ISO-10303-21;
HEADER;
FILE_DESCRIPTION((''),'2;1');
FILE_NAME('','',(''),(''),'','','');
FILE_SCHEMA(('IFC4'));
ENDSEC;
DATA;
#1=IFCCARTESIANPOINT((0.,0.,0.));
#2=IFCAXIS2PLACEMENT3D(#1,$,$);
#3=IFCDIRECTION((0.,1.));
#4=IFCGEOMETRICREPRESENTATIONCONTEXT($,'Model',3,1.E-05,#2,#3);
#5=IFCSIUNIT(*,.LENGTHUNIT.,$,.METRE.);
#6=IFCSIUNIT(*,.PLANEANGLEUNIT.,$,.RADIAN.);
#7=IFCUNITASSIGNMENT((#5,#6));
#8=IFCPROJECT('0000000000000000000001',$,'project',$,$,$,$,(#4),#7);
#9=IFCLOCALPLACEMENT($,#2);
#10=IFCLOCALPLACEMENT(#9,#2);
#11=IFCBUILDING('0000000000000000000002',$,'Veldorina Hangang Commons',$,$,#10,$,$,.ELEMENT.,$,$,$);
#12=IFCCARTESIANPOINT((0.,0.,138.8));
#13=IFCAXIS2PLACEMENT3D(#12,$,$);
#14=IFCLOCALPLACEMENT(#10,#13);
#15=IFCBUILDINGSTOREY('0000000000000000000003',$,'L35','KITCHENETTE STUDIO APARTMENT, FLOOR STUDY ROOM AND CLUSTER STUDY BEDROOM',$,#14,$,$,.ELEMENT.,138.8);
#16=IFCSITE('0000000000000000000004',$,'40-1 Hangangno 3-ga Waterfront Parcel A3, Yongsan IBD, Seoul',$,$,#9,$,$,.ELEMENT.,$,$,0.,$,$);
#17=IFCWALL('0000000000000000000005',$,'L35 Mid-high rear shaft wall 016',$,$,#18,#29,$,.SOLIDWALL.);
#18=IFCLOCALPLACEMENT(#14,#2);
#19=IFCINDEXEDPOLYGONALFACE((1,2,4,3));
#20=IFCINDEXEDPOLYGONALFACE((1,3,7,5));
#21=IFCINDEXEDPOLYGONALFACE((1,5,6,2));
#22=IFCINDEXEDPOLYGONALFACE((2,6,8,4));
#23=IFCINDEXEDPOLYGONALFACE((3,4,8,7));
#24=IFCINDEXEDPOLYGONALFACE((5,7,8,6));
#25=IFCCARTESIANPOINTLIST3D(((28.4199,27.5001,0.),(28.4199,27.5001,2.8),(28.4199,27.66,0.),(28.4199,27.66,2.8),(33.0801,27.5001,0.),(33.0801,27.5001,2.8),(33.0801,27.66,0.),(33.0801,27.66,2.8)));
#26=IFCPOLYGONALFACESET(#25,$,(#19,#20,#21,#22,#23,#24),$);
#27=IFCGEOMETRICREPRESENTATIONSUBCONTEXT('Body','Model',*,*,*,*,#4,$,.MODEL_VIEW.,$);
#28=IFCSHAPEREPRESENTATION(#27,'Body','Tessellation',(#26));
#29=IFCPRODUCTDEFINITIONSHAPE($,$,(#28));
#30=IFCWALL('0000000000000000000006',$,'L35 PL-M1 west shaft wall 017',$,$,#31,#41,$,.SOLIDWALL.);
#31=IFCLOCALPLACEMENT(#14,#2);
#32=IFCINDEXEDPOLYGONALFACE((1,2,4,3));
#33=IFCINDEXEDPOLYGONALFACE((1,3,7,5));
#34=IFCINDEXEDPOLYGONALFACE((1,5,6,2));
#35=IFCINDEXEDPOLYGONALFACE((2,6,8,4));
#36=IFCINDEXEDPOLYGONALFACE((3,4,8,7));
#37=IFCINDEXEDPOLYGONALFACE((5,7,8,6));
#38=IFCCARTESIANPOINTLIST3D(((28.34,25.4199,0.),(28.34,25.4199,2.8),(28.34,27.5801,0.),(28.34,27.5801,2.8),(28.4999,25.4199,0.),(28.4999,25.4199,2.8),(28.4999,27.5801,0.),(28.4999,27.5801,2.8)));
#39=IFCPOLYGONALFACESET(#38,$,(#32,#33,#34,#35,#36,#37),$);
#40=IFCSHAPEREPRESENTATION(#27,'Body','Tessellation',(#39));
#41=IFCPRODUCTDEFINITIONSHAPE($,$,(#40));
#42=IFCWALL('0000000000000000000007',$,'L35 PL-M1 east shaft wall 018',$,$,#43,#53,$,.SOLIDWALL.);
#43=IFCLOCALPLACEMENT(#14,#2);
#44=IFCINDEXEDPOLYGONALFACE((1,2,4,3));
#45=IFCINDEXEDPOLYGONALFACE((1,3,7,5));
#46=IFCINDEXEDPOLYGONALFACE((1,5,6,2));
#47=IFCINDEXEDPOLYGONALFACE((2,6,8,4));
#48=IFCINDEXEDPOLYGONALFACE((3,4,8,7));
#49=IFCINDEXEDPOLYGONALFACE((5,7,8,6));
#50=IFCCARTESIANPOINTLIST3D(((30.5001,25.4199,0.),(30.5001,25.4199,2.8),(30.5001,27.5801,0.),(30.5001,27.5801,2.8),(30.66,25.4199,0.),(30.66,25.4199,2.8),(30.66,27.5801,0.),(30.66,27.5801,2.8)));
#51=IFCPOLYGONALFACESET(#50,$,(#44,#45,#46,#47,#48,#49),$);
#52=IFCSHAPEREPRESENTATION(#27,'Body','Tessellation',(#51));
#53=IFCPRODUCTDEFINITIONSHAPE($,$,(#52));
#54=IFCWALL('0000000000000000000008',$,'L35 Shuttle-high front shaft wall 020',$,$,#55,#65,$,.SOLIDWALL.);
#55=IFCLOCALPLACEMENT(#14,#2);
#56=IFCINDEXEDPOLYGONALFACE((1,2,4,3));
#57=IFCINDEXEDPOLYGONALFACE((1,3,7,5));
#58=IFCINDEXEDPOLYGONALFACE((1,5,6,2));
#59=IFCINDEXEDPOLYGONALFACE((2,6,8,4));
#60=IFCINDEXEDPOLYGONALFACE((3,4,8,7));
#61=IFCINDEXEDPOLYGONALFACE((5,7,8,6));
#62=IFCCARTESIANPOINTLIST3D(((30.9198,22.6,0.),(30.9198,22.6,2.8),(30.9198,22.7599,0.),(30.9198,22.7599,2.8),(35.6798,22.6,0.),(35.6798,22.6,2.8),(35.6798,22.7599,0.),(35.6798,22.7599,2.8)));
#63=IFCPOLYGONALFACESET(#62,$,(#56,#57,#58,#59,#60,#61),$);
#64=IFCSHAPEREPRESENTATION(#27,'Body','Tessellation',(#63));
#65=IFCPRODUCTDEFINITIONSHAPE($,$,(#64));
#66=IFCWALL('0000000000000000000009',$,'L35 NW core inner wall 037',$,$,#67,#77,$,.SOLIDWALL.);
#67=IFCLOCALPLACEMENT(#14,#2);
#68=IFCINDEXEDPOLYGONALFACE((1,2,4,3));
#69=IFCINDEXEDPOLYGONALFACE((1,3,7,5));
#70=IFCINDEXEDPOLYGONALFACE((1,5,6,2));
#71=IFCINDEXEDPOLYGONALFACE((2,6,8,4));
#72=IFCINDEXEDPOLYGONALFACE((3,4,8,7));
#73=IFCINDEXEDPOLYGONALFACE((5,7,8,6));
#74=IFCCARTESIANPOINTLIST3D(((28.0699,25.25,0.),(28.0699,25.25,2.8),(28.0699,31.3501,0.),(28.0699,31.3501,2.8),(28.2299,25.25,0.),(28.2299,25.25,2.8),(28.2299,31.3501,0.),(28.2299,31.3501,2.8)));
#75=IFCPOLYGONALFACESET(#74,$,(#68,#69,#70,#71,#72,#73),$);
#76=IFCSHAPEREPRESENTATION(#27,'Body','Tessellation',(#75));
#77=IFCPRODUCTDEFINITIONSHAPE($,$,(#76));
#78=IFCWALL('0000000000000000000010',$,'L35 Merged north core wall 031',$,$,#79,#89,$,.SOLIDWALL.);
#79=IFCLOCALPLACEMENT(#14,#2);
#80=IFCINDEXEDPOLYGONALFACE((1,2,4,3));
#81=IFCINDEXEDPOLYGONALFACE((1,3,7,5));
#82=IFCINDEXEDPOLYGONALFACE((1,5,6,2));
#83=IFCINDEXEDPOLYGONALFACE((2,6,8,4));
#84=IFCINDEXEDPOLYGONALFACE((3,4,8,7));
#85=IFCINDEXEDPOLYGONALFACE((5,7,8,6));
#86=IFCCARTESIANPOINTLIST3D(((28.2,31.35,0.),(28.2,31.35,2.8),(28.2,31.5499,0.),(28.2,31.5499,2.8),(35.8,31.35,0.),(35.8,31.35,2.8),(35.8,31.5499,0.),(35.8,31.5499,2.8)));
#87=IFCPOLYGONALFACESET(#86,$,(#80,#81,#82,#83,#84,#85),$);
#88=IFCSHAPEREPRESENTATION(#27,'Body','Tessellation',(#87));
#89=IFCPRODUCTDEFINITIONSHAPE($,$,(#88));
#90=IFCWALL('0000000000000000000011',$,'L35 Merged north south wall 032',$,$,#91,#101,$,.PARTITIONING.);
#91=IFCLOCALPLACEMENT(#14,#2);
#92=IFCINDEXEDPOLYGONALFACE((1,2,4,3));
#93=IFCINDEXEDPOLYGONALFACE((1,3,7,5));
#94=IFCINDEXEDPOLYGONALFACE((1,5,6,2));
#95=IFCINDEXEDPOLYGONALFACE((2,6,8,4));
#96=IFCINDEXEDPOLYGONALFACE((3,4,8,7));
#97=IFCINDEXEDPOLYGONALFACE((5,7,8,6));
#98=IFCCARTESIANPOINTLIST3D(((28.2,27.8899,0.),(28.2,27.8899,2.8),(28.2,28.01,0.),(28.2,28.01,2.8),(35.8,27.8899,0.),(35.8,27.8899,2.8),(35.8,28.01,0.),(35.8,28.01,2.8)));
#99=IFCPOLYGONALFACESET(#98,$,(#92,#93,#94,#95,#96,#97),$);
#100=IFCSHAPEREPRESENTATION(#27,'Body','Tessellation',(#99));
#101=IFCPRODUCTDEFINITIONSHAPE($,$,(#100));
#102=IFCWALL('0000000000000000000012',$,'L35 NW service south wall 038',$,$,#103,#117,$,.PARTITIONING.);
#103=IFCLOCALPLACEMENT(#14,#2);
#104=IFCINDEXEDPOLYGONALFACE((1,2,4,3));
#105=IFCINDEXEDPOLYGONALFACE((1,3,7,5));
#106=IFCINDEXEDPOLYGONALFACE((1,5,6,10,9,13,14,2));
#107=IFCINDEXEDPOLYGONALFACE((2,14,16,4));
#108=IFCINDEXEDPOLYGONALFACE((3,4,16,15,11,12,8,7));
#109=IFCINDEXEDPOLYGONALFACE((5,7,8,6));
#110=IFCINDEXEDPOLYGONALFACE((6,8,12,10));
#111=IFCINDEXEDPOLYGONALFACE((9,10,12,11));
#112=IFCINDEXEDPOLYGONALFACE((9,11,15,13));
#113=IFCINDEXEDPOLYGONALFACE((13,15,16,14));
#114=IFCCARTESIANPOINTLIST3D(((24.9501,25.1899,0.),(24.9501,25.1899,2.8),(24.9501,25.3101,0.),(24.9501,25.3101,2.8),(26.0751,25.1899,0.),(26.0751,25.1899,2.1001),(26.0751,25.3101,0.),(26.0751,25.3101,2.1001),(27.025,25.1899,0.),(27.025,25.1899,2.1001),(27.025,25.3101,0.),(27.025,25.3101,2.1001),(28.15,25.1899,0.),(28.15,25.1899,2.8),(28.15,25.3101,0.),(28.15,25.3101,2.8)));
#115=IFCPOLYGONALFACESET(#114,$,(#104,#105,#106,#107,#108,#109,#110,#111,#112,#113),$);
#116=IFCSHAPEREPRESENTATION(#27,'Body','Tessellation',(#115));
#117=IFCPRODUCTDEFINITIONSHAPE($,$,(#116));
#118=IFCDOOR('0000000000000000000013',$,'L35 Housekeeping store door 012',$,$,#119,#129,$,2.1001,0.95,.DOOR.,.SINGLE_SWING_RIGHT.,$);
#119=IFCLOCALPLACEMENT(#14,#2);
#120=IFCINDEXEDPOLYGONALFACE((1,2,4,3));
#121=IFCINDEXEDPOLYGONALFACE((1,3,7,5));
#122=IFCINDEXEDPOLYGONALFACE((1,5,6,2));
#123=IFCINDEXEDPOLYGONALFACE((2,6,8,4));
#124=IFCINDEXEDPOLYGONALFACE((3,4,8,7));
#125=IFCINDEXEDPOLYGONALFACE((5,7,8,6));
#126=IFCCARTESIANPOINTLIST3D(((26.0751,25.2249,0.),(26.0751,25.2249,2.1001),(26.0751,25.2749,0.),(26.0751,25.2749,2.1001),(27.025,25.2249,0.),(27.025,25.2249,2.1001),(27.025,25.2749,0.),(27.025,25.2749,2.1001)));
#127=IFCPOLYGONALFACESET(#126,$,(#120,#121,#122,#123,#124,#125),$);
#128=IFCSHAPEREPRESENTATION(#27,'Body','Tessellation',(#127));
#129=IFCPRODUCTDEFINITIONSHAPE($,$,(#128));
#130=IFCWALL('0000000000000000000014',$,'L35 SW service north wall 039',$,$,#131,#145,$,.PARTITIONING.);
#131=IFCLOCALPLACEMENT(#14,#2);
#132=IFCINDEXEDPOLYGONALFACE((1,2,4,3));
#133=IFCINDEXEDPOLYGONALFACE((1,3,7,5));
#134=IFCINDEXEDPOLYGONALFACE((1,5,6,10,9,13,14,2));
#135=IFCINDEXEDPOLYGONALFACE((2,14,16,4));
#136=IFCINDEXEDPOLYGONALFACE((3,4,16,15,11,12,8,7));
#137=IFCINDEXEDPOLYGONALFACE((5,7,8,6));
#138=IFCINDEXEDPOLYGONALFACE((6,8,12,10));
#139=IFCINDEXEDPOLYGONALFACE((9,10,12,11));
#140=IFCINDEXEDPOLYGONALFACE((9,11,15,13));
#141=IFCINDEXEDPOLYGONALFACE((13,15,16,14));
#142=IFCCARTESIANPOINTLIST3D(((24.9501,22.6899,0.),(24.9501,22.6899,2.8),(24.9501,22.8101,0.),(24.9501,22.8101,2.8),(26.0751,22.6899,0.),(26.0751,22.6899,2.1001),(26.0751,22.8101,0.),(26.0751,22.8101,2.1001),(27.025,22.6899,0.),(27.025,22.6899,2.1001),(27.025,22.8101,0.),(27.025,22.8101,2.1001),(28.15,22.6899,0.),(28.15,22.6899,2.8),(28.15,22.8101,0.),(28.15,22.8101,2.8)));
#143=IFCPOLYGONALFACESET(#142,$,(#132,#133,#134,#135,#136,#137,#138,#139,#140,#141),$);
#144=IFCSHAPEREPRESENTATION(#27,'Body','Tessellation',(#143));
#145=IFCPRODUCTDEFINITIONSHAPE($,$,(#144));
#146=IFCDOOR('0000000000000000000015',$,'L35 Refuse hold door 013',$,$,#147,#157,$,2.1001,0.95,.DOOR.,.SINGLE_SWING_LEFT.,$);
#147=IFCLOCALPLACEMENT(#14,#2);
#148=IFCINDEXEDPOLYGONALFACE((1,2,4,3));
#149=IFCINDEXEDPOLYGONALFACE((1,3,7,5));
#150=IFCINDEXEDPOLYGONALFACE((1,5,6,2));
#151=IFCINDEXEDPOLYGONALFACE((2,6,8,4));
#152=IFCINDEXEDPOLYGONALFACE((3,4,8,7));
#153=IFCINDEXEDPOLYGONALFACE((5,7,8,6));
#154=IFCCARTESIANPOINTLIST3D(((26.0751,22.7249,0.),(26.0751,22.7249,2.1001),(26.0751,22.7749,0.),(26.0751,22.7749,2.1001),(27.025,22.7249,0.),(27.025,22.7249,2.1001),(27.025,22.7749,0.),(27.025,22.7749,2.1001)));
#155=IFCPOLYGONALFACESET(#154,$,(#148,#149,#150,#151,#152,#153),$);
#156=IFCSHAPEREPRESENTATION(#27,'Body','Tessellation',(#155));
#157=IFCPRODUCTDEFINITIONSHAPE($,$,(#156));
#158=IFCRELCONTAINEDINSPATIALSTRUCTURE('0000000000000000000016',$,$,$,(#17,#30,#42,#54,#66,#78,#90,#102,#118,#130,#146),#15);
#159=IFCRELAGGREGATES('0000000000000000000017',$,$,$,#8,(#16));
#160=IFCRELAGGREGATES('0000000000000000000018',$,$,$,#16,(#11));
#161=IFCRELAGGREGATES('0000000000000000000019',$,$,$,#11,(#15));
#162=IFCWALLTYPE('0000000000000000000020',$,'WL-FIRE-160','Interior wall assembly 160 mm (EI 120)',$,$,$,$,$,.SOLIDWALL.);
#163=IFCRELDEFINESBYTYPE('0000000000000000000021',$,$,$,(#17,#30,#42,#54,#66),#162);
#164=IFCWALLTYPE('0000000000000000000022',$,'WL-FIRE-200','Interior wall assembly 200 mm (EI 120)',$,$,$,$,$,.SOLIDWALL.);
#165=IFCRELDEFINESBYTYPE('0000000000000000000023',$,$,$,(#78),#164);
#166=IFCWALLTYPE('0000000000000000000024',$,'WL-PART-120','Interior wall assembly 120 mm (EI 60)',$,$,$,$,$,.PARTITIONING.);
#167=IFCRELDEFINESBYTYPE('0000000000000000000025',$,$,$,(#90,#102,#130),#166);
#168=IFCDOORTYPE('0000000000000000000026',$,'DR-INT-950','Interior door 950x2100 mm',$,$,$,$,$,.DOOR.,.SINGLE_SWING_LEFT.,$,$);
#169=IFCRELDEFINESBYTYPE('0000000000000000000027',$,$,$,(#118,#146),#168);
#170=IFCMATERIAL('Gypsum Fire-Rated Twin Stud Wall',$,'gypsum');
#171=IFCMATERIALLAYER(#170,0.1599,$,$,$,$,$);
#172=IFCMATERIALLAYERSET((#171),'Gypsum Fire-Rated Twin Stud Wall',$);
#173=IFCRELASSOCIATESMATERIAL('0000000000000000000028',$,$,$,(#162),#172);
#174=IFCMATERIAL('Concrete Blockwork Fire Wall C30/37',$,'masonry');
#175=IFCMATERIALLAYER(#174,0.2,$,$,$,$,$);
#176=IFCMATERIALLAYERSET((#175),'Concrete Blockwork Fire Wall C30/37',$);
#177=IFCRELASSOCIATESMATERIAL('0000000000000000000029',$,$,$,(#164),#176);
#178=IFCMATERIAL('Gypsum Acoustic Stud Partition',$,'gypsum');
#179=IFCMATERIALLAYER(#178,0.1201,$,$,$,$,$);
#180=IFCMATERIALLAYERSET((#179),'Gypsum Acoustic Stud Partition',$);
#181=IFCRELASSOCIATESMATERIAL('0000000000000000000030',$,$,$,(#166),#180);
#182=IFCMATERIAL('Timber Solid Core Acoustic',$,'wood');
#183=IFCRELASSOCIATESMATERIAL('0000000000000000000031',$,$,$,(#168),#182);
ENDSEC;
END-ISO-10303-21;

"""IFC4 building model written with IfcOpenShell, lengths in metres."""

from ifc_helpers import new_model, si_unit, direction, frame, frame_2d, origin, place, context, subcontext, project, spatial, rectangle, extrude, material, layer, layer_set, type_object, element, fill, save


model = new_model("IFC4")

# Units and contexts
model_context = context("Model", 3, precision=1e-05, world=origin(), true_north=direction((0.0, 1.0)))
body_context = subcontext(model_context, "Body", "Model", "MODEL_VIEW")
ifc_project = project(units=[si_unit("LENGTHUNIT", "METRE"), si_unit("PLANEANGLEUNIT", "RADIAN")], contexts=[model_context])

# Site, building, storey
site_placement = place(None, origin())
site = spatial("IfcSite", under=ifc_project, at=site_placement, Name="40-1 Hangangno 3-ga Waterfront Parcel A3, Yongsan IBD, Seoul", CompositionType="ELEMENT", RefElevation=0.0)
building_placement = place(site_placement, origin())
building = spatial("IfcBuilding", under=site, at=building_placement, Name="Veldorina Hangang Commons", CompositionType="ELEMENT")
storey_placement = place(building_placement, frame((0.0, 0.0, 138.8)))
storey = spatial("IfcBuildingStorey", under=building, at=storey_placement, Name="L35", Description="KITCHENETTE STUDIO APARTMENT, FLOOR STUDY ROOM AND CLUSTER STUDY BEDROOM", CompositionType="ELEMENT", Elevation=138.8)

# Shared definitions
ifc_material_1 = material(Name="Gypsum Fire-Rated Twin Stud Wall", Category="gypsum")
ifc_layer_1 = layer(ifc_material_1, 0.1599)
ifc_layer_set_1 = layer_set([ifc_layer_1], Name="Gypsum Fire-Rated Twin Stud Wall")
wall_type_1 = type_object("IfcWallType", Name="WL-FIRE-160", Description="Interior wall assembly 160 mm (EI 120)", PredefinedType="SOLIDWALL", material=ifc_layer_set_1)

# Walls
wall_1_placement = place(storey_placement, frame((28.4199, 27.5801, 0.0), z_axis=(0.0, 0.0, 1.0), x_axis=(1.0, 0.0, 0.0)))
element("IfcWall", 1, at=wall_1_placement, inside=storey, type_object=wall_type_1, Name="L35 Mid-high rear shaft wall 016", PredefinedType="SOLIDWALL", context=body_context, shape_type="SweptSolid", body=[
    extrude(rectangle(XDim=4.6602, YDim=0.1599, at=frame_2d((2.3301, 0.0))), origin(), (0.0, 0.0, 1.0), 2.8),
])
for number, where, z_axis, x_axis, name in (
    (2, (28.4199, 25.4199, 0.0), (0.0, 0.0, 1.0), (0.0, 1.0, 0.0), "L35 PL-M1 west shaft wall 017"),
    (3, (30.5801, 25.4199, 0.0), (0.0, 0.0, 1.0), (0.0, 1.0, 0.0), "L35 PL-M1 east shaft wall 018"),
):
    element("IfcWall", number, at=place(storey_placement, frame(where, z_axis=z_axis, x_axis=x_axis)), inside=storey, type_object=wall_type_1, Name=name, PredefinedType="SOLIDWALL", context=body_context, shape_type="SweptSolid", body=[
        extrude(rectangle(XDim=2.1602, YDim=0.1599, at=frame_2d((1.0801, 0.0))), origin(), (0.0, 0.0, 1.0), 2.8),
    ])
wall_2_placement = place(storey_placement, frame((30.9199, 22.6799, 0.0), z_axis=(0.0, 0.0, 1.0), x_axis=(1.0, 0.0, 0.0)))
element("IfcWall", 4, at=wall_2_placement, inside=storey, type_object=wall_type_1, Name="L35 Shuttle-high front shaft wall 020", PredefinedType="SOLIDWALL", context=body_context, shape_type="SweptSolid", body=[
    extrude(rectangle(XDim=4.76, YDim=0.1599, at=frame_2d((2.3799, 0.0))), origin(), (0.0, 0.0, 1.0), 2.8),
])
wall_3_placement = place(storey_placement, frame((28.1499, 25.25, 0.0), z_axis=(0.0, 0.0, 1.0), x_axis=(0.0, 1.0, 0.0)))
element("IfcWall", 5, at=wall_3_placement, inside=storey, type_object=wall_type_1, Name="L35 NW core inner wall 037", PredefinedType="SOLIDWALL", context=body_context, shape_type="SweptSolid", body=[
    extrude(rectangle(XDim=6.1001, YDim=0.1599, at=frame_2d((3.05, 0.0))), origin(), (0.0, 0.0, 1.0), 2.8),
])
ifc_material_2 = material(Name="Concrete Blockwork Fire Wall C30/37", Category="masonry")
ifc_layer_2 = layer(ifc_material_2, 0.2)
ifc_layer_set_2 = layer_set([ifc_layer_2], Name="Concrete Blockwork Fire Wall C30/37")
wall_type_2 = type_object("IfcWallType", Name="WL-FIRE-200", Description="Interior wall assembly 200 mm (EI 120)", PredefinedType="SOLIDWALL", material=ifc_layer_set_2)
wall_4_placement = place(storey_placement, frame((28.2, 31.45, 0.0), z_axis=(0.0, 0.0, 1.0), x_axis=(1.0, 0.0, 0.0)))
element("IfcWall", 6, at=wall_4_placement, inside=storey, type_object=wall_type_2, Name="L35 Merged north core wall 031", PredefinedType="SOLIDWALL", context=body_context, shape_type="SweptSolid", body=[
    extrude(rectangle(XDim=7.6001, YDim=0.2, at=frame_2d((3.8, 0.0))), origin(), (0.0, 0.0, 1.0), 2.8),
])
ifc_material_3 = material(Name="Gypsum Acoustic Stud Partition", Category="gypsum")
ifc_layer_3 = layer(ifc_material_3, 0.1201)
ifc_layer_set_3 = layer_set([ifc_layer_3], Name="Gypsum Acoustic Stud Partition")
wall_type_3 = type_object("IfcWallType", Name="WL-PART-120", Description="Interior wall assembly 120 mm (EI 60)", PredefinedType="PARTITIONING", material=ifc_layer_set_3)
wall_5_placement = place(storey_placement, frame((28.2, 27.95, 0.0), z_axis=(0.0, 0.0, 1.0), x_axis=(1.0, 0.0, 0.0)))
element("IfcWall", 7, at=wall_5_placement, inside=storey, type_object=wall_type_3, Name="L35 Merged north south wall 032", PredefinedType="PARTITIONING", context=body_context, shape_type="SweptSolid", body=[
    extrude(rectangle(XDim=7.6001, YDim=0.1201, at=frame_2d((3.8, 0.0))), origin(), (0.0, 0.0, 1.0), 2.8),
])

# Walls, openings, doors
wall_6_placement = place(storey_placement, frame((24.95, 25.25, 0.0), z_axis=(0.0, 0.0, 1.0), x_axis=(1.0, 0.0, 0.0)))
wall_6 = element("IfcWall", 8, at=wall_6_placement, inside=storey, type_object=wall_type_3, Name="L35 NW service south wall 038", PredefinedType="PARTITIONING", context=body_context, shape_type="SweptSolid", body=[
    extrude(rectangle(XDim=3.2, YDim=0.1201, at=frame_2d((1.6001, 0.0))), origin(), (0.0, 0.0, 1.0), 2.8),
])
opening_1_placement = place(wall_6_placement, frame((1.125, 0.0, 0.0)))
opening_1 = element("IfcOpeningElement", 9, at=opening_1_placement, cuts=wall_6, PredefinedType="OPENING", context=body_context, shape_type="SweptSolid", body=[
    extrude(rectangle(XDim=0.95, YDim=2.1001, at=frame_2d((0.4751, 1.05))), frame((0.0, 0.0701, 0.0), z_axis=(0.0, -1.0, 0.0), x_axis=(1.0, 0.0, 0.0)), (0.0, 0.0, 1.0), 0.1401),
])
ifc_material_4 = material(Name="Timber Solid Core Acoustic", Category="wood")
door_type_1 = type_object("IfcDoorType", Name="DR-INT-950", Description="Interior door 950x2100 mm", OperationType="SINGLE_SWING_LEFT", PredefinedType="DOOR", material=ifc_material_4)
door_1_placement = place(opening_1_placement, origin())
door_1 = element("IfcDoor", 10, at=door_1_placement, inside=storey, type_object=door_type_1, Name="L35 Housekeeping store door 012", OperationType="SINGLE_SWING_RIGHT", OverallHeight=2.1001, OverallWidth=0.95, PredefinedType="DOOR", context=body_context, shape_type="SweptSolid", body=[
    extrude(rectangle(XDim=0.95, YDim=2.1001, at=frame_2d((0.4751, 1.05))), frame((0.0, 0.0249, 0.0), z_axis=(0.0, -1.0, 0.0), x_axis=(1.0, 0.0, 0.0)), (0.0, 0.0, 1.0), 0.05),
])
fill(opening_1, door_1)
wall_7_placement = place(storey_placement, frame((24.95, 22.75, 0.0), z_axis=(0.0, 0.0, 1.0), x_axis=(1.0, 0.0, 0.0)))
wall_7 = element("IfcWall", 11, at=wall_7_placement, inside=storey, type_object=wall_type_3, Name="L35 SW service north wall 039", PredefinedType="PARTITIONING", context=body_context, shape_type="SweptSolid", body=[
    extrude(rectangle(XDim=3.2, YDim=0.1201, at=frame_2d((1.6001, 0.0))), origin(), (0.0, 0.0, 1.0), 2.8),
])
opening_2_placement = place(wall_7_placement, frame((1.125, 0.0, 0.0)))
opening_2 = element("IfcOpeningElement", 12, at=opening_2_placement, cuts=wall_7, PredefinedType="OPENING", context=body_context, shape_type="SweptSolid", body=[
    extrude(rectangle(XDim=0.95, YDim=2.1001, at=frame_2d((0.4751, 1.05))), frame((0.0, 0.0701, 0.0), z_axis=(0.0, -1.0, 0.0), x_axis=(1.0, 0.0, 0.0)), (0.0, 0.0, 1.0), 0.1401),
])
door_2_placement = place(opening_2_placement, origin())
door_2 = element("IfcDoor", 13, at=door_2_placement, inside=storey, type_object=door_type_1, Name="L35 Refuse hold door 013", OperationType="SINGLE_SWING_LEFT", OverallHeight=2.1001, OverallWidth=0.95, PredefinedType="DOOR", context=body_context, shape_type="SweptSolid", body=[
    extrude(rectangle(XDim=0.95, YDim=2.1001, at=frame_2d((0.4751, 1.05))), frame((0.0, 0.0249, 0.0), z_axis=(0.0, -1.0, 0.0), x_axis=(1.0, 0.0, 0.0)), (0.0, 0.0, 1.0), 0.05),
])
fill(opening_2, door_2)

save(model, "model.ifc")
